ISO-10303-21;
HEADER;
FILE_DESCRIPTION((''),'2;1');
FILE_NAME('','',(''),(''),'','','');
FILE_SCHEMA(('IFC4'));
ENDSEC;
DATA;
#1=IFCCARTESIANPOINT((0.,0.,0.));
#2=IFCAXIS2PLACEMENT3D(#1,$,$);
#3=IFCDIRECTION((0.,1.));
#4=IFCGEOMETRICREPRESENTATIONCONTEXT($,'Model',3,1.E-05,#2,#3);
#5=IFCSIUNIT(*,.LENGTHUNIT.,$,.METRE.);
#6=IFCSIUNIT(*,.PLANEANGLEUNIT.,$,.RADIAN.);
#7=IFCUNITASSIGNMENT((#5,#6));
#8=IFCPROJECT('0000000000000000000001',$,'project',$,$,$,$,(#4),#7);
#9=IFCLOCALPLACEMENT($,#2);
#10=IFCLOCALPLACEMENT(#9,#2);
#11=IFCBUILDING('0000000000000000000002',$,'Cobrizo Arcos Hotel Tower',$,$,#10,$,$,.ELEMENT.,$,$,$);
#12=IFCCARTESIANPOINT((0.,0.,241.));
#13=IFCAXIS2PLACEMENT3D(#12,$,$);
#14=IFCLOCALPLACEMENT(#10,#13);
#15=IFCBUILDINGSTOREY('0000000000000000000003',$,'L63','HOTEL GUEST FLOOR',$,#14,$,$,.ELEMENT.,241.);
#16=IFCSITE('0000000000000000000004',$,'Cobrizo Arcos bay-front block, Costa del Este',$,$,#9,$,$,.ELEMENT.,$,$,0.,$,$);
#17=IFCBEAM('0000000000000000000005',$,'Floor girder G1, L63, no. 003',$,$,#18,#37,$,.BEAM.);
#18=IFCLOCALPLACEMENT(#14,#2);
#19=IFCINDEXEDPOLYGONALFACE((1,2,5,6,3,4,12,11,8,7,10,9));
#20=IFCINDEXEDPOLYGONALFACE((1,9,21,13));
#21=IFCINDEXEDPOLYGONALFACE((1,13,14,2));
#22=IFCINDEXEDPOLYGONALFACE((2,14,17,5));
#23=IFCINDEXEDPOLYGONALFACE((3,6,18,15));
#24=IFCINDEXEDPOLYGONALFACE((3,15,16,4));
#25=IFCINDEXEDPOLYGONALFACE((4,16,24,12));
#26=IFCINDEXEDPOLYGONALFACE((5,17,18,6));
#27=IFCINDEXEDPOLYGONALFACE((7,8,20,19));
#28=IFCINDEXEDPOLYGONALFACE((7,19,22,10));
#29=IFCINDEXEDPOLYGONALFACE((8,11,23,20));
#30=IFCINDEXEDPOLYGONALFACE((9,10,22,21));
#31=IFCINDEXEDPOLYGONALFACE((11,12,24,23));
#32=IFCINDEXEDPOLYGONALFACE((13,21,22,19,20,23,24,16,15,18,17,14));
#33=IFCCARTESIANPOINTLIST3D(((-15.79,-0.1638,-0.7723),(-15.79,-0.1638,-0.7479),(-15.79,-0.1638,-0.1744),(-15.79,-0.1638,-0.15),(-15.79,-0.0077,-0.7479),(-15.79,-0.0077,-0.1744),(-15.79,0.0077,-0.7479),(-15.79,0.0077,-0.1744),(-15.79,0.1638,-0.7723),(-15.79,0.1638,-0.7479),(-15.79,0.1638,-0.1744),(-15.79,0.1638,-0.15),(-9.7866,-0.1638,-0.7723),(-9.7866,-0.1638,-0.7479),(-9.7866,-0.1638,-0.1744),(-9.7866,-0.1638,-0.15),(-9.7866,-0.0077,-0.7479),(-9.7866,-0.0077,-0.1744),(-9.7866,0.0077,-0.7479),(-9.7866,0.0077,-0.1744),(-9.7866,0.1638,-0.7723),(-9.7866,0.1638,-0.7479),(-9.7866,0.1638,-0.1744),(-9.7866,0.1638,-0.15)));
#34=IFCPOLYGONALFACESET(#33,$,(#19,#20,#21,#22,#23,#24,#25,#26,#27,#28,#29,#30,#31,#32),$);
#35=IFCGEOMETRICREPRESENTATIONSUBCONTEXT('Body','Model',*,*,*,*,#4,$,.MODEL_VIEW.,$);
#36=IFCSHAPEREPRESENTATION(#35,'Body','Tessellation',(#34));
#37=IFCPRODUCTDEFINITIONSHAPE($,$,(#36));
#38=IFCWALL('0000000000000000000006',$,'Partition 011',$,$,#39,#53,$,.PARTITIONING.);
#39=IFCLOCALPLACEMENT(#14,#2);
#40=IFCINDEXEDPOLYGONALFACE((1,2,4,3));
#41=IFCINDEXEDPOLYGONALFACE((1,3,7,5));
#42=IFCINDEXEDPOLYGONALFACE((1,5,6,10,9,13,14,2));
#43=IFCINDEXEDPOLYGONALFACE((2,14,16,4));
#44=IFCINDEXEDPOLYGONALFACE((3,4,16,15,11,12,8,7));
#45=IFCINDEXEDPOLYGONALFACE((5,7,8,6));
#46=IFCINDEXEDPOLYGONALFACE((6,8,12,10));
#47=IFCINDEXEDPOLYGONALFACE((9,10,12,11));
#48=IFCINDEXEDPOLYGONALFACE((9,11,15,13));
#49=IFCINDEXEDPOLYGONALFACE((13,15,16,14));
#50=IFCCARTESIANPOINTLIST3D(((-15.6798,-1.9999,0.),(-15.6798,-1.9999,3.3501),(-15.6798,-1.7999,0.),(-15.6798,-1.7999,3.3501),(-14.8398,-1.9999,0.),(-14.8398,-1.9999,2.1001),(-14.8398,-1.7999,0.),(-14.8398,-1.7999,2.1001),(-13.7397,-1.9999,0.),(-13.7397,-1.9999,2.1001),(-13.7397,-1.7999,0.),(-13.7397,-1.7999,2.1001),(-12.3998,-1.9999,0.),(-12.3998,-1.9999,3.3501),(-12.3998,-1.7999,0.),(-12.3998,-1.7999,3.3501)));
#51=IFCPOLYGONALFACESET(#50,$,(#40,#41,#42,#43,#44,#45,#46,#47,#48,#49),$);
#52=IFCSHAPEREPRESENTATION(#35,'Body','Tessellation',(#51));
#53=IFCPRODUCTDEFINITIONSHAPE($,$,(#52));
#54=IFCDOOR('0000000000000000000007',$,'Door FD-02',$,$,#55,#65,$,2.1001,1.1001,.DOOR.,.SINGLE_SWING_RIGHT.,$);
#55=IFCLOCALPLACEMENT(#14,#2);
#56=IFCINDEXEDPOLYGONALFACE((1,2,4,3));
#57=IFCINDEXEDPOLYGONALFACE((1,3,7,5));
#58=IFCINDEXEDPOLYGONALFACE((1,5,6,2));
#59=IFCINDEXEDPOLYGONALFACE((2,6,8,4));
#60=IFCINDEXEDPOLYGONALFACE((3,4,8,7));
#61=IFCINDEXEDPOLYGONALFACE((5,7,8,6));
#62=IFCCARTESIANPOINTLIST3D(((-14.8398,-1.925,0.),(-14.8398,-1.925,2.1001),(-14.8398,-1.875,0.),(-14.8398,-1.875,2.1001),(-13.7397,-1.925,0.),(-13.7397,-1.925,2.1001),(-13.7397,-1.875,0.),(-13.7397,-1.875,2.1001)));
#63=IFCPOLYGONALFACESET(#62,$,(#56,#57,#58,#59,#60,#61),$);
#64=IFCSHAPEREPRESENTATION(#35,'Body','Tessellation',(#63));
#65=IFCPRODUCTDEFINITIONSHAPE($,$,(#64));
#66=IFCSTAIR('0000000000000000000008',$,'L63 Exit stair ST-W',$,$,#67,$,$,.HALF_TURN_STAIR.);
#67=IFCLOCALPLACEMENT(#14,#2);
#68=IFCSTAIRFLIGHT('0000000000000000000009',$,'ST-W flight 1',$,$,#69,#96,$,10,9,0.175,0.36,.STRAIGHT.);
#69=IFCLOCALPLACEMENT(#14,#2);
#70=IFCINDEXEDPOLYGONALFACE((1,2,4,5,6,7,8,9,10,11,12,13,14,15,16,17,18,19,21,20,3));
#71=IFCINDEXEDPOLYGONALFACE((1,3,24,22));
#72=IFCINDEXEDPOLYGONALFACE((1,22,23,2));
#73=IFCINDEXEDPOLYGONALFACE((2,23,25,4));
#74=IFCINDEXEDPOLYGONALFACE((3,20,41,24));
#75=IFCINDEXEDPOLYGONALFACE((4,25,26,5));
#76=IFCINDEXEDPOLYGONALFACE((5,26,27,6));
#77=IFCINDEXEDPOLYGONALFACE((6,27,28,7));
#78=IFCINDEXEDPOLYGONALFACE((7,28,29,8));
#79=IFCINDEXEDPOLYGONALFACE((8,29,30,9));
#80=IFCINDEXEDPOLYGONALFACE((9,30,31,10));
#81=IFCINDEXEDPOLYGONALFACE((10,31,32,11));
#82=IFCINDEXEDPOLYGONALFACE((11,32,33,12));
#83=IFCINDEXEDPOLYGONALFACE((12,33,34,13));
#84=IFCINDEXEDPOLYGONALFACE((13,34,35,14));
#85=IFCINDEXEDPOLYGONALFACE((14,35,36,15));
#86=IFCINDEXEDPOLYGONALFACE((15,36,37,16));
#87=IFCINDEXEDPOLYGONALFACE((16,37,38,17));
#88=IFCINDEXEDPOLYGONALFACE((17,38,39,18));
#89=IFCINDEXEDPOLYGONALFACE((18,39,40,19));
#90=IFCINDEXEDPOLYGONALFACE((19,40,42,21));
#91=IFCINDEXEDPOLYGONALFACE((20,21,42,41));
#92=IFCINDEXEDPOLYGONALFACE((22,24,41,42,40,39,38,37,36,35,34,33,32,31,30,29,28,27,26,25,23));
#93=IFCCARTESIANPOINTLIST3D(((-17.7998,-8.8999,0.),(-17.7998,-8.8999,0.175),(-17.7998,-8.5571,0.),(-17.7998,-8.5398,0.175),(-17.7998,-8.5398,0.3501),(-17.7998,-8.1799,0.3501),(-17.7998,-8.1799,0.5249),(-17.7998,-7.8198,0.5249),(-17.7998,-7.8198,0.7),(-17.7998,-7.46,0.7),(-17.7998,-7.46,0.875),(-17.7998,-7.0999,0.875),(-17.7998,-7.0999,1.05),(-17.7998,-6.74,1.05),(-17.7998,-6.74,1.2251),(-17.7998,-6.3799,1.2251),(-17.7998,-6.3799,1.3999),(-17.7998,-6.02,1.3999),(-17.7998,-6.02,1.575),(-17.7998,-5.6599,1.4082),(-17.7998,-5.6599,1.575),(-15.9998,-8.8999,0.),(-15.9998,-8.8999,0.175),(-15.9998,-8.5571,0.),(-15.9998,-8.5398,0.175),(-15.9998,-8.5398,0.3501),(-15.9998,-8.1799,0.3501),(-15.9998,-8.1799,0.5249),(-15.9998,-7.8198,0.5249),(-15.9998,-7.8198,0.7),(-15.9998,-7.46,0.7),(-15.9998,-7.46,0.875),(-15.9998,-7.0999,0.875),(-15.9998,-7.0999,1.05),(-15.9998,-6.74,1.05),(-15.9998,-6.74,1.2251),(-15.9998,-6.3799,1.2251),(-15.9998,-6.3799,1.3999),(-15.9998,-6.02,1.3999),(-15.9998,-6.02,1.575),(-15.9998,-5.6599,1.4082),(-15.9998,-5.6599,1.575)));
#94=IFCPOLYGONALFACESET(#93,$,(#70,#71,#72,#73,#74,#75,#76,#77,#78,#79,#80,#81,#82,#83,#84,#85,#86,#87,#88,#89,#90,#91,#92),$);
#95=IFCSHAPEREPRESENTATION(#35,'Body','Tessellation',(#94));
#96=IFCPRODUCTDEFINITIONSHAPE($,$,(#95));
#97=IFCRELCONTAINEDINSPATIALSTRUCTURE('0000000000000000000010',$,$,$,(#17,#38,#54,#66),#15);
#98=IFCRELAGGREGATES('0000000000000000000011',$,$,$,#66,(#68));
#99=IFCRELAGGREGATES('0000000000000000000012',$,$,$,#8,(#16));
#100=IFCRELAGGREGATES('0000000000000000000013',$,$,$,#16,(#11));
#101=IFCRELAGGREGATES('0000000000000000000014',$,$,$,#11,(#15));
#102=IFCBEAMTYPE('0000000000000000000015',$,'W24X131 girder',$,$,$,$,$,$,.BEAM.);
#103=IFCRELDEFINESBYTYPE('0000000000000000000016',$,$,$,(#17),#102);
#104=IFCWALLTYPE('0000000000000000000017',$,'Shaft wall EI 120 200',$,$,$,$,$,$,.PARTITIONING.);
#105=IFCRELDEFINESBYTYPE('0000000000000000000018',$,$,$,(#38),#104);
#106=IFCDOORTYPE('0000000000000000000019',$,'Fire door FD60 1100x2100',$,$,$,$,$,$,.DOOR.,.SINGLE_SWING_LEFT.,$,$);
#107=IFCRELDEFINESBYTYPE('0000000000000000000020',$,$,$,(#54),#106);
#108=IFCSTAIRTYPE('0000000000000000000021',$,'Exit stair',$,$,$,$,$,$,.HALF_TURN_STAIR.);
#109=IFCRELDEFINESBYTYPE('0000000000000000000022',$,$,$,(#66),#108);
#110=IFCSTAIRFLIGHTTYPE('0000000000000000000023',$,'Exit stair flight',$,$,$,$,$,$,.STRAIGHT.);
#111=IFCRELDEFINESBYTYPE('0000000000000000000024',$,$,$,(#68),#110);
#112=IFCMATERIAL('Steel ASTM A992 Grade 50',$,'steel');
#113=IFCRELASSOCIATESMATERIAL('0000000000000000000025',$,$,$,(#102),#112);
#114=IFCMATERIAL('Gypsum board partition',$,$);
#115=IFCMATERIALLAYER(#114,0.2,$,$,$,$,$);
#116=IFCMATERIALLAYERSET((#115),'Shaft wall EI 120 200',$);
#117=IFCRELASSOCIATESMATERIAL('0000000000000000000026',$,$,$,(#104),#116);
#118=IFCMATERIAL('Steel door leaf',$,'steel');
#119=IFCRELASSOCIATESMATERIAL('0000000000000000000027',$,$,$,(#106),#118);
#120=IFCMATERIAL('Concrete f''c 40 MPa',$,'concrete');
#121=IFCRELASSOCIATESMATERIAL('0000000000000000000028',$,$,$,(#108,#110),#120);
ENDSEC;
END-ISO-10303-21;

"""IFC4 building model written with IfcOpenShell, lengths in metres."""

from ifc_helpers import new_model, si_unit, direction, frame, frame_2d, origin, origin_2d, place, context, subcontext, project, spatial, polyline, rectangle, i_section, outline, extrude, material, layer, layer_set, material_profile, profile_set, type_object, element, fill, aggregate, save


model = new_model("IFC4")

# Units and contexts
model_context = context("Model", 3, precision=1e-05, world=origin(), true_north=direction((0.0, 1.0)))
body_context = subcontext(model_context, "Body", "Model", "MODEL_VIEW")
ifc_project = project(units=[si_unit("LENGTHUNIT", "METRE"), si_unit("PLANEANGLEUNIT", "RADIAN")], contexts=[model_context])

# Site, building, storey
site_placement = place(None, origin())
site = spatial("IfcSite", under=ifc_project, at=site_placement, Name="Cobrizo Arcos bay-front block, Costa del Este", CompositionType="ELEMENT", RefElevation=0.0)
building_placement = place(site_placement, origin())
building = spatial("IfcBuilding", under=site, at=building_placement, Name="Cobrizo Arcos Hotel Tower", CompositionType="ELEMENT")
storey_placement = place(building_placement, frame((0.0, 0.0, 241.0)))
storey = spatial("IfcBuildingStorey", under=building, at=storey_placement, Name="L63", Description="HOTEL GUEST FLOOR", CompositionType="ELEMENT", Elevation=241.0)

# Beam
ifc_material_1 = material(Name="Steel ASTM A992 Grade 50", Category="steel")
ifc_material_profile = material_profile(ifc_material_1, i_section(OverallWidth=0.3276, OverallDepth=0.6223, WebThickness=0.0154, FlangeThickness=0.0244, at=origin_2d()), Name="W24X131")
ifc_profile_set = profile_set([ifc_material_profile], Name="Steel ASTM A992 Grade 50")
beam_type = type_object("IfcBeamType", Name="W24X131 girder", PredefinedType="BEAM", material=ifc_profile_set)
beam_placement = place(storey_placement, frame((-15.79, 0.0, -0.4612), z_axis=(1.0, 0.0, 0.0), x_axis=(0.0, 1.0, 0.0)))
element("IfcBeam", 1, at=beam_placement, inside=storey, type_object=beam_type, Name="Floor girder G1, L63, no. 003", PredefinedType="BEAM", context=body_context, shape_type="SweptSolid", body=[
    extrude(i_section(OverallWidth=0.3276, OverallDepth=0.6223, WebThickness=0.0154, FlangeThickness=0.0244, at=origin_2d()), origin(), (0.0, 0.0, 1.0), 6.0034),
])

# Wall, opening, door
ifc_material_2 = material(Name="Gypsum board partition")
ifc_layer = layer(ifc_material_2, 0.2)
ifc_layer_set = layer_set([ifc_layer], Name="Shaft wall EI 120 200")
wall_type = type_object("IfcWallType", Name="Shaft wall EI 120 200", PredefinedType="PARTITIONING", material=ifc_layer_set)
wall_placement = place(storey_placement, frame((-15.6799, -1.8999, 0.0), z_axis=(0.0, 0.0, 1.0), x_axis=(1.0, 0.0, 0.0)))
wall = element("IfcWall", 2, at=wall_placement, inside=storey, type_object=wall_type, Name="Partition 011", PredefinedType="PARTITIONING", context=body_context, shape_type="SweptSolid", body=[
    extrude(rectangle(XDim=3.28, YDim=0.2, at=frame_2d((1.6401, 0.0))), origin(), (0.0, 0.0, 1.0), 3.3501),
])
opening_placement = place(wall_placement, frame((0.8401, 0.0, 0.0)))
opening = element("IfcOpeningElement", 3, at=opening_placement, cuts=wall, PredefinedType="OPENING", context=body_context, shape_type="SweptSolid", body=[
    extrude(rectangle(XDim=1.1001, YDim=2.1001, at=frame_2d((0.55, 1.05))), frame((0.0, 0.1121, 0.0), z_axis=(0.0, -1.0, 0.0), x_axis=(1.0, 0.0, 0.0)), (0.0, 0.0, 1.0), 0.2239),
])
ifc_material_3 = material(Name="Steel door leaf", Category="steel")
door_type = type_object("IfcDoorType", Name="Fire door FD60 1100x2100", OperationType="SINGLE_SWING_LEFT", PredefinedType="DOOR", material=ifc_material_3)
door_placement = place(opening_placement, origin())
door = element("IfcDoor", 4, at=door_placement, inside=storey, type_object=door_type, Name="Door FD-02", OperationType="SINGLE_SWING_RIGHT", OverallHeight=2.1001, OverallWidth=1.1001, PredefinedType="DOOR", context=body_context, shape_type="SweptSolid", body=[
    extrude(rectangle(XDim=1.1001, YDim=2.1001, at=frame_2d((0.55, 1.05))), frame((0.0, 0.0249, 0.0), z_axis=(0.0, -1.0, 0.0), x_axis=(1.0, 0.0, 0.0)), (0.0, 0.0, 1.0), 0.05),
])
fill(opening, door)

# Stair, stair flight
ifc_material_4 = material(Name="Concrete f'c 40 MPa", Category="concrete")
stair_type = type_object("IfcStairType", Name="Exit stair", PredefinedType="HALF_TURN_STAIR", material=ifc_material_4)
stair_placement = place(storey_placement, origin())
stair = element("IfcStair", 5, at=stair_placement, inside=storey, type_object=stair_type, Name="L63 Exit stair ST-W", PredefinedType="HALF_TURN_STAIR")
stair_flight_type = type_object("IfcStairFlightType", Name="Exit stair flight", PredefinedType="STRAIGHT", material=ifc_material_4)
stair_flight_placement = place(storey_placement, frame((-16.8999, -8.8999, 0.0), z_axis=(0.0, 0.0, 1.0), x_axis=(0.0, 1.0, 0.0)))
stair_flight = element("IfcStairFlight", 6, at=stair_flight_placement, type_object=stair_flight_type, Name="ST-W flight 1", NumberOfRisers=10, NumberOfTreads=9, PredefinedType="STRAIGHT", RiserHeight=0.175, TreadLength=0.36, context=body_context, shape_type="SweptSolid", body=[
    extrude(outline(polyline([(0.0, 0.0), (0.0, 0.175), (0.3601, 0.175), (0.3601, 0.3501), (0.72, 0.3501), (0.72, 0.5249), (1.0801, 0.5249), (1.0801, 0.7), (1.4399, 0.7), (1.4399, 0.875), (1.8, 0.875), (1.8, 1.05), (2.1599, 1.05), (2.1599, 1.2251), (2.52, 1.2251), (2.52, 1.3999), (2.8799, 1.3999), (2.8799, 1.575), (3.24, 1.575), (3.24, 1.75), (3.24, 1.4082), (0.3428, 0.0), (0.0, 0.0)])), frame((0.0, 0.8999, 0.0), z_axis=(0.0, -1.0, 0.0), x_axis=(1.0, 0.0, 0.0)), (0.0, 0.0, 1.0), 1.8),
])
aggregate(stair, [stair_flight])

save(model, "model.ifc")
